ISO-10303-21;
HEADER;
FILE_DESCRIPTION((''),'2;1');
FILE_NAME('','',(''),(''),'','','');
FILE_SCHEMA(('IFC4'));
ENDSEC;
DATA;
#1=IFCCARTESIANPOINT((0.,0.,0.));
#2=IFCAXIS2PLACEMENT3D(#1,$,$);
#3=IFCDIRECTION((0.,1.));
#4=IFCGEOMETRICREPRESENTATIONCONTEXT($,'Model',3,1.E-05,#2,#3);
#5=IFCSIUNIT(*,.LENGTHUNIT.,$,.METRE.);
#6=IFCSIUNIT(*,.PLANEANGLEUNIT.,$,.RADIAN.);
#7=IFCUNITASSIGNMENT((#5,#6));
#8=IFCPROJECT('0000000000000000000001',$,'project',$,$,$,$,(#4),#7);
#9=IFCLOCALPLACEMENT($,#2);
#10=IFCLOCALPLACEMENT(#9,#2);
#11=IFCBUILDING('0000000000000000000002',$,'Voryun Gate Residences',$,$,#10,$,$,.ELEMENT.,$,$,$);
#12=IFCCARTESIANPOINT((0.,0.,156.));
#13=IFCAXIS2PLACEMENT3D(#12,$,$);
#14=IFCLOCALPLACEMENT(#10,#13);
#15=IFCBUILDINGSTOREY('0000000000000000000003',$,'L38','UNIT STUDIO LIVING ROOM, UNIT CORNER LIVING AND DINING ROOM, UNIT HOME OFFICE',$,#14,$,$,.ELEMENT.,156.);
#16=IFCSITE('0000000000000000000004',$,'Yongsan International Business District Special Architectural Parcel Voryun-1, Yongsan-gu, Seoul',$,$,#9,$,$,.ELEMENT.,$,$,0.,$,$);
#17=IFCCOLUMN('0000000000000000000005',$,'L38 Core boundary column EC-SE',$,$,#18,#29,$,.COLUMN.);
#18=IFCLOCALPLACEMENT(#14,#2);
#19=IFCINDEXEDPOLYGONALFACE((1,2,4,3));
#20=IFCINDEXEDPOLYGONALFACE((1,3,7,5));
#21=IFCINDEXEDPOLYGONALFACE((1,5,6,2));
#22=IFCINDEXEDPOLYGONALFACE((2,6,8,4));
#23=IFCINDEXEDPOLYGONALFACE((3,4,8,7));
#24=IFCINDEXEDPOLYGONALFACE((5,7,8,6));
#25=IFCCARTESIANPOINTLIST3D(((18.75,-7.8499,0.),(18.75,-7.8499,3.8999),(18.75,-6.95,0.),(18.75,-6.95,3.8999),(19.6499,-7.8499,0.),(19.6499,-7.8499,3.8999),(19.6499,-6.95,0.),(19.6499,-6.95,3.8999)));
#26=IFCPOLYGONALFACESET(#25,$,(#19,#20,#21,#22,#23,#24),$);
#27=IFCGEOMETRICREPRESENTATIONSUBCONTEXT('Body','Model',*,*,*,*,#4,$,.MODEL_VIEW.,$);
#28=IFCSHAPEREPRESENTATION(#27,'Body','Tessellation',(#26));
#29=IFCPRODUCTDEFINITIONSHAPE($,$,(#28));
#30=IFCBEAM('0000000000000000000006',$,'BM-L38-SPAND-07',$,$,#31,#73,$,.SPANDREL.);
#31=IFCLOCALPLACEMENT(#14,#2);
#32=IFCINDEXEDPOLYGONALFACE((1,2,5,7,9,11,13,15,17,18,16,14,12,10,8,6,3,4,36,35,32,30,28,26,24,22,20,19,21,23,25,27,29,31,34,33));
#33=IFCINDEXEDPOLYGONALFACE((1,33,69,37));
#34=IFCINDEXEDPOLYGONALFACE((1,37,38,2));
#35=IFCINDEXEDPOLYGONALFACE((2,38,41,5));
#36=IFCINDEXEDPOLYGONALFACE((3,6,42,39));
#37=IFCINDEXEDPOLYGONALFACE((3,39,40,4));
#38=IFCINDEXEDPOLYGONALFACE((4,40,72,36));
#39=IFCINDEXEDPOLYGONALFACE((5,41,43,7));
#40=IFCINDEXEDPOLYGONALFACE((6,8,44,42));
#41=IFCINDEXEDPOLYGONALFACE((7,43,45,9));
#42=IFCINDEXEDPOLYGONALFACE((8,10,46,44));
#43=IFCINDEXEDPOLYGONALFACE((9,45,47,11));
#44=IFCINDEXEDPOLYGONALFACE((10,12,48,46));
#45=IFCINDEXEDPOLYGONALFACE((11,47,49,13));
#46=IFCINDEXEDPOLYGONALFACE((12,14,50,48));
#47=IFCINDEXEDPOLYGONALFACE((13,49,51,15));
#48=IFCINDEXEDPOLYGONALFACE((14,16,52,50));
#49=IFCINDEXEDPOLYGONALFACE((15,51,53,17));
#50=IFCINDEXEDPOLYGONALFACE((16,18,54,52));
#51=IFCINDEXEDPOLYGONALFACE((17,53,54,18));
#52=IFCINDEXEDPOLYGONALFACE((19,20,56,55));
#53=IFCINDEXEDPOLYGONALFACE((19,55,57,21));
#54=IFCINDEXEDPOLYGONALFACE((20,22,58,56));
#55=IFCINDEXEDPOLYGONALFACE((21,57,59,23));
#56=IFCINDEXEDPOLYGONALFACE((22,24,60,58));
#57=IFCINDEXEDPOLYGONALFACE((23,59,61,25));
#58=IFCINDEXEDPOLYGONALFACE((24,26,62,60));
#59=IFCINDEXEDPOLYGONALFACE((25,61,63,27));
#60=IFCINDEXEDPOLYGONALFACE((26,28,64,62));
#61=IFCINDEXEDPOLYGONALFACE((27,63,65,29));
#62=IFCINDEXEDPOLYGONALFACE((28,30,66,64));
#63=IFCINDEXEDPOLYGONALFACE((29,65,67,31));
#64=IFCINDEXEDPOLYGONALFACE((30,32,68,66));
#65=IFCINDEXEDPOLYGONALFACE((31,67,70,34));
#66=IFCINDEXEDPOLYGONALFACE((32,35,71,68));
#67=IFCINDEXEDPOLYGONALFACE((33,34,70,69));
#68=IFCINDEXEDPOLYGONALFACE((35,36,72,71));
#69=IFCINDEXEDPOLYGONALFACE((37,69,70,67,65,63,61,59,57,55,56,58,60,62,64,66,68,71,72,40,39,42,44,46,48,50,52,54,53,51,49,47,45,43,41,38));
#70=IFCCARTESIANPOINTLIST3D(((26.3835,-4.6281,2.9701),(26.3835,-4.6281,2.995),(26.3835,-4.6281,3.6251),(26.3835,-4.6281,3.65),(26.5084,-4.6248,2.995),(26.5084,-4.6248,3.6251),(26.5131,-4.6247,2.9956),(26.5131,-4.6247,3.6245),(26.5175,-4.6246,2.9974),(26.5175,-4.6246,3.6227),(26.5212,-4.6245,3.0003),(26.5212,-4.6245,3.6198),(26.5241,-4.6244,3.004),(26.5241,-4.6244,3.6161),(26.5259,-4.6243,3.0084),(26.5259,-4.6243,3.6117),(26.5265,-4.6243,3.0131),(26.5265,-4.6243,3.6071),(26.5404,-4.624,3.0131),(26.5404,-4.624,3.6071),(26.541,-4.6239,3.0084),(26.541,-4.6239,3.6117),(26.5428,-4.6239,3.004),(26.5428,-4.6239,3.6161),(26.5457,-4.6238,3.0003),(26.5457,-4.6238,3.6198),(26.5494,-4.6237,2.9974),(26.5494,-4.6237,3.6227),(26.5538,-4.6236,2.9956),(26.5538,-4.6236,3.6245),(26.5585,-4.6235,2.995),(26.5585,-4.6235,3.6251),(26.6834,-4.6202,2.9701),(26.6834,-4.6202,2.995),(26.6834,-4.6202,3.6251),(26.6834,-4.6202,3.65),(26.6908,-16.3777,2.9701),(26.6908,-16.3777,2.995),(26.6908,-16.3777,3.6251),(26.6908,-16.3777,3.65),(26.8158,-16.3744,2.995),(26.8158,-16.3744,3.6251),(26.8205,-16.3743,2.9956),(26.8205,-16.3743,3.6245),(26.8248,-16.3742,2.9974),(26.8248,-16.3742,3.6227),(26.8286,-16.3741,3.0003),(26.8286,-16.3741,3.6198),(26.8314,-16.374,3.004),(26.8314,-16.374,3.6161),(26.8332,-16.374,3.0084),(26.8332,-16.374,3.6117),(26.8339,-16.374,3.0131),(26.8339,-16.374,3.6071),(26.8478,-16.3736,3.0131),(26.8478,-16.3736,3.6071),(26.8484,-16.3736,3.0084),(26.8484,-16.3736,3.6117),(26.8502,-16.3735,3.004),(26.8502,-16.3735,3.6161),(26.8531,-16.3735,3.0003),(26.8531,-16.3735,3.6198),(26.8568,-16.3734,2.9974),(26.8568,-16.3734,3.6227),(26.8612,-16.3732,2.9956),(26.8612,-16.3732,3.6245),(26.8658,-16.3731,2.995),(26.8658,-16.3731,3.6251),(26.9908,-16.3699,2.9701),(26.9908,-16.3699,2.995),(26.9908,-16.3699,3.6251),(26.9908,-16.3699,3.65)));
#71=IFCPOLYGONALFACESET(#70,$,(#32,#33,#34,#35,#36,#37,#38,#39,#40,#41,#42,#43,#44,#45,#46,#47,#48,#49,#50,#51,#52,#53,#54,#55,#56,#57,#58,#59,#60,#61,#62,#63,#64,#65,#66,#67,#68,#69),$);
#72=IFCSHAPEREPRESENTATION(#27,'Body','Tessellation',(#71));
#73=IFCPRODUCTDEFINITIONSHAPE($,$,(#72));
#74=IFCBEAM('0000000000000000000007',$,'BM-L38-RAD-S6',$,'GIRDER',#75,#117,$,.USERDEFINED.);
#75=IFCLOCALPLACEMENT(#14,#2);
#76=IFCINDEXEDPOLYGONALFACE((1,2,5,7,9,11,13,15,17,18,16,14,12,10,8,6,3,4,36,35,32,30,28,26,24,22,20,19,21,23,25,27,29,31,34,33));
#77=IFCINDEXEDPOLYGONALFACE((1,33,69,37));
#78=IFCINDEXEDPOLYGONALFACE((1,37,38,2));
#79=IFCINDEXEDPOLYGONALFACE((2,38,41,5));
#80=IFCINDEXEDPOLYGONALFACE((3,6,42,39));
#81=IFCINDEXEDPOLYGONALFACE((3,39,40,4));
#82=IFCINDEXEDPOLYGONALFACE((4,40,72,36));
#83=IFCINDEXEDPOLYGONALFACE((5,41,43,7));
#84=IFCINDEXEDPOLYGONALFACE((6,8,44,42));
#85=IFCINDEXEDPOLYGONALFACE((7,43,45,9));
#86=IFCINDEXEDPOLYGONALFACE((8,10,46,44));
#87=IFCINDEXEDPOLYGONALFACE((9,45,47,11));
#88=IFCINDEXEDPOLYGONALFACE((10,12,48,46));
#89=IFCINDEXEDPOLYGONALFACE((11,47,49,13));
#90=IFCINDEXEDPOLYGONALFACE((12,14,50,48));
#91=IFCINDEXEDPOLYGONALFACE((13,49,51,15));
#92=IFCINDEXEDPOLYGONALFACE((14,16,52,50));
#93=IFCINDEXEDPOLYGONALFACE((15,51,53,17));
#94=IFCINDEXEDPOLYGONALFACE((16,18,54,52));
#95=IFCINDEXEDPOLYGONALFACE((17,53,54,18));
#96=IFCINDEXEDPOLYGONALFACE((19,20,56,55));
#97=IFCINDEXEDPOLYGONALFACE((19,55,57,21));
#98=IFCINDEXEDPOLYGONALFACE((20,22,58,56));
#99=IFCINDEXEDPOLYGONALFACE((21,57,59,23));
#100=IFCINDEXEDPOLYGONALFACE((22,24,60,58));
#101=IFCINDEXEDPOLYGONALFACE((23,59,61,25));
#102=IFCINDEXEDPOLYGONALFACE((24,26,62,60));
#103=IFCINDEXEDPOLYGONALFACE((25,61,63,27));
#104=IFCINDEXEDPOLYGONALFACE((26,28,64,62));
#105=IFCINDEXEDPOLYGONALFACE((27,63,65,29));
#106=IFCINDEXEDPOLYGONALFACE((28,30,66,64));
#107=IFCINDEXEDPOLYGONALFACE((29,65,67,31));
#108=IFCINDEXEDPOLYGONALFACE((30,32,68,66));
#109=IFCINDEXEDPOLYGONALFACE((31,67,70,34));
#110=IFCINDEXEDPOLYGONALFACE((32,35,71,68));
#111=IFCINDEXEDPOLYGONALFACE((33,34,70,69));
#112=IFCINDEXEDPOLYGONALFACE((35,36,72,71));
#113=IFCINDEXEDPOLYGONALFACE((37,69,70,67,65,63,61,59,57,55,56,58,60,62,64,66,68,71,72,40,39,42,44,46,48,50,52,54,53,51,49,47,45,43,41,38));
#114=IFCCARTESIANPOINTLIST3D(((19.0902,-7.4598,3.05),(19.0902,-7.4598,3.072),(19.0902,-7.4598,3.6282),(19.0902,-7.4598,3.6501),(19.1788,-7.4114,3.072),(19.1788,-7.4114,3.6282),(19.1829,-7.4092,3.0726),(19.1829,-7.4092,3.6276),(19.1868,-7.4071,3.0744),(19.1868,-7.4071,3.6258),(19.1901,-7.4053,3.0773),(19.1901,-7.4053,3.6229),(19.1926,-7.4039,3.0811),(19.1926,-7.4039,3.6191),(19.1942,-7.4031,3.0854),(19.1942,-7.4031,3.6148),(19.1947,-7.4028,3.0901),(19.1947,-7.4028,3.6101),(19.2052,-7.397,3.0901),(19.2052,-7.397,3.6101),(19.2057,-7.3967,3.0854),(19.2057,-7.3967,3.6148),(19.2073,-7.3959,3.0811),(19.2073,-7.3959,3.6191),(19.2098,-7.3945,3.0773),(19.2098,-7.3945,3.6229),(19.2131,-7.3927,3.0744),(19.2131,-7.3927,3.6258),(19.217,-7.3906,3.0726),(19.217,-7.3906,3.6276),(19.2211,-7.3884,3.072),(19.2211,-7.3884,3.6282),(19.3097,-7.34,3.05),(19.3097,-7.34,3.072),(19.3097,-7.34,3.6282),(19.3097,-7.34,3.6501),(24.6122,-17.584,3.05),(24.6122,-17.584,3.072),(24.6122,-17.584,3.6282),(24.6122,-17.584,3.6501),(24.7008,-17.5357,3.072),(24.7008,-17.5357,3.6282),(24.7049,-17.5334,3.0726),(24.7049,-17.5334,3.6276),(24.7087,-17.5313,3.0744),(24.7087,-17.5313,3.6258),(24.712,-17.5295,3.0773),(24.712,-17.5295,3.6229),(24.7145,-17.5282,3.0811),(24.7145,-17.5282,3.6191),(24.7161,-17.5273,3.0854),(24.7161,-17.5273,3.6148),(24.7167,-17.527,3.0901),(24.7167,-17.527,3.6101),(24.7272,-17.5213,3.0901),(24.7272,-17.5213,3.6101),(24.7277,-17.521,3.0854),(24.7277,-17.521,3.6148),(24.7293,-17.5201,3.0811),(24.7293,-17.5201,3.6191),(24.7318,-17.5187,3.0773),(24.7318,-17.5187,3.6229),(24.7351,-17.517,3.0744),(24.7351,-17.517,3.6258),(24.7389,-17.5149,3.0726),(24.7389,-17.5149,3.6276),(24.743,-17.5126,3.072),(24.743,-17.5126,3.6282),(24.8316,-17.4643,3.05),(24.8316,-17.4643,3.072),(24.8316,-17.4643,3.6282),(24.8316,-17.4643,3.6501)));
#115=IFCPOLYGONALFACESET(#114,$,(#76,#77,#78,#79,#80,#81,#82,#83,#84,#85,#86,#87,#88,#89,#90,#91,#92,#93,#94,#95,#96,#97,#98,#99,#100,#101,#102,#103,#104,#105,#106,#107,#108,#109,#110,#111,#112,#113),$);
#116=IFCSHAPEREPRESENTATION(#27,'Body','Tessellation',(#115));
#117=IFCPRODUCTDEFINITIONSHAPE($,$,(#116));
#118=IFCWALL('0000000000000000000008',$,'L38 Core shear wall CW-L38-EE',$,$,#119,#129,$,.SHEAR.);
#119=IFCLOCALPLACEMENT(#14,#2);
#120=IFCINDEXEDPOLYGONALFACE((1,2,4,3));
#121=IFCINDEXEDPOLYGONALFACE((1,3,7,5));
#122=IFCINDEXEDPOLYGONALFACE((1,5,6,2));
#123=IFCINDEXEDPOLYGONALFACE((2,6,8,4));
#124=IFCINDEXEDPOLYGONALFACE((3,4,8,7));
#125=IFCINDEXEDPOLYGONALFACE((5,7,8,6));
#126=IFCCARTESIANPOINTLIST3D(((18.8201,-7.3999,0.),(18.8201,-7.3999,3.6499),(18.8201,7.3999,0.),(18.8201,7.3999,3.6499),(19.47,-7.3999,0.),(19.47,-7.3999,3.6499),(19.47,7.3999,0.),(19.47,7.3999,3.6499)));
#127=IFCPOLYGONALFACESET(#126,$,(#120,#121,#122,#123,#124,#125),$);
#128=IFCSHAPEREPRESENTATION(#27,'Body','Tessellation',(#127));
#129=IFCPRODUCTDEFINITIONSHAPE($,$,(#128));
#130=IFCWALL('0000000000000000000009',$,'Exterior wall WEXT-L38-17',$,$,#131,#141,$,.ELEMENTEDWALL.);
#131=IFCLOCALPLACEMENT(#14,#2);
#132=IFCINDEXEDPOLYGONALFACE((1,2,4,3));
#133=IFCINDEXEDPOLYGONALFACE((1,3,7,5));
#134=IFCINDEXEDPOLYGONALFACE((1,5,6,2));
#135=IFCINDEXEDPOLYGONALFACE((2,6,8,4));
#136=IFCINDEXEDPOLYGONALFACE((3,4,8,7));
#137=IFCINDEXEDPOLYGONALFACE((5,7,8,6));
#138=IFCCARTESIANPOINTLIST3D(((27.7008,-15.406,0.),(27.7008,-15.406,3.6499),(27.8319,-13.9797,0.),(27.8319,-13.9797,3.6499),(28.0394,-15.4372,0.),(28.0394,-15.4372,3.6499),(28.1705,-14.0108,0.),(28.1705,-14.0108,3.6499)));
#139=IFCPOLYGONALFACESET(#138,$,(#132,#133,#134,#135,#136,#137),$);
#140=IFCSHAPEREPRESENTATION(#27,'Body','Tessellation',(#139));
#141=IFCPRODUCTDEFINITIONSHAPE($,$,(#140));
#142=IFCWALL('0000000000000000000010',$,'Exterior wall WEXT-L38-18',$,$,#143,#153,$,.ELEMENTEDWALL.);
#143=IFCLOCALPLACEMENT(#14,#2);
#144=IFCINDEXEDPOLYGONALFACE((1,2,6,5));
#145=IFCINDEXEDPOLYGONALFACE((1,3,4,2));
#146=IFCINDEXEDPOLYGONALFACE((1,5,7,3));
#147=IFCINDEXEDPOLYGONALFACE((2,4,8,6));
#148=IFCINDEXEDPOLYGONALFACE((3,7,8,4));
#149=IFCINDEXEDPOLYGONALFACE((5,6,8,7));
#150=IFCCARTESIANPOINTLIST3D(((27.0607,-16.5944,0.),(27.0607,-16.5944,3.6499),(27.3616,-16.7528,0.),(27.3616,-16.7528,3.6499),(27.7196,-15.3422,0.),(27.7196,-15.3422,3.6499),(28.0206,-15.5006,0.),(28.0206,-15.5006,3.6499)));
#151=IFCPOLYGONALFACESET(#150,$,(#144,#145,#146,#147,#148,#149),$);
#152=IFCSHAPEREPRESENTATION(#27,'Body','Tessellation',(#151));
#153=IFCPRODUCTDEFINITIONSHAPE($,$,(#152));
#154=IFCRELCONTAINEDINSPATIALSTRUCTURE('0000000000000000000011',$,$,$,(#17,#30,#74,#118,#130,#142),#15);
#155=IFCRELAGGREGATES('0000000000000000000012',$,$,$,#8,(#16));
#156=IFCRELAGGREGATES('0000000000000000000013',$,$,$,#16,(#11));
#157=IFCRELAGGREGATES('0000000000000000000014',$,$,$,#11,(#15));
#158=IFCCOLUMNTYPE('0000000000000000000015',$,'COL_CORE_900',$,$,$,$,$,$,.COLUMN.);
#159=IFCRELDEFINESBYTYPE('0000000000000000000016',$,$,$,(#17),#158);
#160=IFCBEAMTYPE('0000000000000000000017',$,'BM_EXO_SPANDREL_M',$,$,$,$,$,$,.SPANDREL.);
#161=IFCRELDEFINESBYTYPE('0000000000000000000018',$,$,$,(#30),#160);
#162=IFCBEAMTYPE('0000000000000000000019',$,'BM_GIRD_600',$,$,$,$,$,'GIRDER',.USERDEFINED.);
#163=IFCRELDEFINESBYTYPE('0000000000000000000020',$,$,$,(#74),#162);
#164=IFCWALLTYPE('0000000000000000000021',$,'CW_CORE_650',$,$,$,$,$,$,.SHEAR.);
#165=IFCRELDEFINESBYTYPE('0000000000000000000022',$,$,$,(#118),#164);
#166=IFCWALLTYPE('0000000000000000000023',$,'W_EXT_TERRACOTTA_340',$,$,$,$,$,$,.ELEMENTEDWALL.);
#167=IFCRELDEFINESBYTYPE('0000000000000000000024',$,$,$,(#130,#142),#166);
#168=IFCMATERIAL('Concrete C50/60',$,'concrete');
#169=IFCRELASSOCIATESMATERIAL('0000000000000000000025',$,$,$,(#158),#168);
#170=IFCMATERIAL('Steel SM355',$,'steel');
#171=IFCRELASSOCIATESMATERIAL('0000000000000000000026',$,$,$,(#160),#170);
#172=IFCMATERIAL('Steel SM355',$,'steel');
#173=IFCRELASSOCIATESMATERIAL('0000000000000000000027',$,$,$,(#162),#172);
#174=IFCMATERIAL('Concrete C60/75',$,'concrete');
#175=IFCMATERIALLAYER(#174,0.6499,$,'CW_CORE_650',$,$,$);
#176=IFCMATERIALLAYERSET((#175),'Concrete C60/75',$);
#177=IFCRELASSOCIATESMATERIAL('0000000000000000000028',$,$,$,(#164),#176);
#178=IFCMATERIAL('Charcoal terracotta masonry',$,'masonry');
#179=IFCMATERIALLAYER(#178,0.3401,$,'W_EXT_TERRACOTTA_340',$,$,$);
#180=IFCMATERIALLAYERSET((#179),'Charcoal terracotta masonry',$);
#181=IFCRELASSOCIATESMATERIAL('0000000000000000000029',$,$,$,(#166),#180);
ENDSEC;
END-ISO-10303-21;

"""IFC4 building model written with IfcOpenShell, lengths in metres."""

from ifc_helpers import new_model, si_unit, direction, frame, frame_2d, origin, origin_2d, place, context, subcontext, project, spatial, rectangle, i_section, extrude, material, layer, layer_set, material_profile, profile_set, type_object, element, save


model = new_model("IFC4")

# Units and contexts
model_context = context("Model", 3, precision=1e-05, world=origin(), true_north=direction((0.0, 1.0)))
body_context = subcontext(model_context, "Body", "Model", "MODEL_VIEW")
ifc_project = project(units=[si_unit("LENGTHUNIT", "METRE"), si_unit("PLANEANGLEUNIT", "RADIAN")], contexts=[model_context])

# Site, building, storey
site_placement = place(None, origin())
site = spatial("IfcSite", under=ifc_project, at=site_placement, Name="Yongsan International Business District Special Architectural Parcel Voryun-1, Yongsan-gu, Seoul", CompositionType="ELEMENT", RefElevation=0.0)
building_placement = place(site_placement, origin())
building = spatial("IfcBuilding", under=site, at=building_placement, Name="Voryun Gate Residences", CompositionType="ELEMENT")
storey_placement = place(building_placement, frame((0.0, 0.0, 156.0)))
storey = spatial("IfcBuildingStorey", under=building, at=storey_placement, Name="L38", Description="UNIT STUDIO LIVING ROOM, UNIT CORNER LIVING AND DINING ROOM, UNIT HOME OFFICE", CompositionType="ELEMENT", Elevation=156.0)

# Column
ifc_material_1 = material(Name="Concrete C50/60", Category="concrete")
ifc_material_profile_1 = material_profile(ifc_material_1, rectangle(XDim=0.8999, YDim=0.8999, at=origin_2d()), Name="RC-900x900")
ifc_profile_set_1 = profile_set([ifc_material_profile_1], Name="Concrete C50/60")
column_type = type_object("IfcColumnType", Name="COL_CORE_900", PredefinedType="COLUMN", material=ifc_profile_set_1)
column_placement = place(storey_placement, frame((19.2, -7.3999, 0.0), z_axis=(0.0, 0.0, 1.0), x_axis=(1.0, 0.0, 0.0)))
element("IfcColumn", 1, at=column_placement, inside=storey, type_object=column_type, Name="L38 Core boundary column EC-SE", PredefinedType="COLUMN", context=body_context, shape_type="SweptSolid", body=[
    extrude(rectangle(XDim=0.8999, YDim=0.8999, at=origin_2d()), origin(), (0.0, 0.0, 1.0), 3.8999),
])

# Beams
ifc_material_2 = material(Name="Steel SM355", Category="steel")
ifc_material_profile_2 = material_profile(ifc_material_2, i_section(OverallWidth=0.3, OverallDepth=0.6799, WebThickness=0.0139, FlangeThickness=0.0249, FilletRadius=0.0181, at=origin_2d()), Name="H-680x300x14x25")
ifc_profile_set_2 = profile_set([ifc_material_profile_2], Name="Steel SM355")
beam_type_1 = type_object("IfcBeamType", Name="BM_EXO_SPANDREL_M", PredefinedType="SPANDREL", material=ifc_profile_set_2)
beam_1_placement = place(storey_placement, frame((26.8408, -16.3738, 3.3101), z_axis=(-0.026151, 0.999658, 0.0), x_axis=(-0.999658, -0.026151, 0.0)))
element("IfcBeam", 2, at=beam_1_placement, inside=storey, type_object=beam_type_1, Name="BM-L38-SPAND-07", PredefinedType="SPANDREL", context=body_context, shape_type="SweptSolid", body=[
    extrude(i_section(OverallWidth=0.3, OverallDepth=0.6799, WebThickness=0.0139, FlangeThickness=0.0249, FilletRadius=0.0181, at=origin_2d()), origin(), (0.0, 0.0, 1.0), 11.7537),
])
ifc_material_3 = material(Name="Steel SM355", Category="steel")
ifc_material_profile_3 = material_profile(ifc_material_3, i_section(OverallWidth=0.25, OverallDepth=0.6001, WebThickness=0.012, FlangeThickness=0.022, FilletRadius=0.0181, at=origin_2d()), Name="H-600x250x12x22")
ifc_profile_set_3 = profile_set([ifc_material_profile_3], Name="Steel SM355")
beam_type_2 = type_object("IfcBeamType", Name="BM_GIRD_600", ElementType="GIRDER", PredefinedType="USERDEFINED", material=ifc_profile_set_3)
beam_2_placement = place(storey_placement, frame((19.2, -7.3999, 3.3501), z_axis=(0.478828, -0.877909, 0.0), x_axis=(0.877909, 0.478828, 0.0)))
element("IfcBeam", 3, at=beam_2_placement, inside=storey, type_object=beam_type_2, Name="BM-L38-RAD-S6", ObjectType="GIRDER", PredefinedType="USERDEFINED", context=body_context, shape_type="SweptSolid", body=[
    extrude(i_section(OverallWidth=0.25, OverallDepth=0.6001, WebThickness=0.012, FlangeThickness=0.022, FilletRadius=0.0181, at=origin_2d()), origin(), (0.0, 0.0, 1.0), 11.5322),
])

# Walls
ifc_material_4 = material(Name="Concrete C60/75", Category="concrete")
ifc_layer_1 = layer(ifc_material_4, 0.6499, Name="CW_CORE_650")
ifc_layer_set_1 = layer_set([ifc_layer_1], Name="Concrete C60/75")
wall_type_1 = type_object("IfcWallType", Name="CW_CORE_650", PredefinedType="SHEAR", material=ifc_layer_set_1)
wall_1_placement = place(storey_placement, frame((19.145, -7.3999, 0.0), z_axis=(0.0, 0.0, 1.0), x_axis=(0.0, 1.0, 0.0)))
element("IfcWall", 4, at=wall_1_placement, inside=storey, type_object=wall_type_1, Name="L38 Core shear wall CW-L38-EE", PredefinedType="SHEAR", context=body_context, shape_type="SweptSolid", body=[
    extrude(rectangle(XDim=14.7998, YDim=0.6499, at=frame_2d((7.3999, 0.0))), origin(), (0.0, 0.0, 1.0), 3.6499),
])
ifc_material_5 = material(Name="Charcoal terracotta masonry", Category="masonry")
ifc_layer_2 = layer(ifc_material_5, 0.3401, Name="W_EXT_TERRACOTTA_340")
ifc_layer_set_2 = layer_set([ifc_layer_2], Name="Charcoal terracotta masonry")
wall_type_2 = type_object("IfcWallType", Name="W_EXT_TERRACOTTA_340", PredefinedType="ELEMENTEDWALL", material=ifc_layer_set_2)
wall_2_placement = place(storey_placement, frame((28.0012, -13.9951, 0.0), z_axis=(0.0, 0.0, 1.0), x_axis=(-0.091535, -0.995802, 0.0)))
element("IfcWall", 5, at=wall_2_placement, inside=storey, type_object=wall_type_2, Name="Exterior wall WEXT-L38-17", PredefinedType="ELEMENTEDWALL", context=body_context, shape_type="SweptSolid", body=[
    extrude(rectangle(XDim=1.4324, YDim=0.3401, at=frame_2d((0.7163, 0.0))), origin(), (0.0, 0.0, 1.0), 3.6499),
])
wall_3_placement = place(storey_placement, frame((27.8701, -15.4214, 0.0), z_axis=(0.0, 0.0, 1.0), x_axis=(-0.465682, -0.884952, 0.0)))
element("IfcWall", 6, at=wall_3_placement, inside=storey, type_object=wall_type_2, Name="Exterior wall WEXT-L38-18", PredefinedType="ELEMENTEDWALL", context=body_context, shape_type="SweptSolid", body=[
    extrude(rectangle(XDim=1.415, YDim=0.3401, at=frame_2d((0.7075, 0.0))), origin(), (0.0, 0.0, 1.0), 3.6499),
])

save(model, "model.ifc")
